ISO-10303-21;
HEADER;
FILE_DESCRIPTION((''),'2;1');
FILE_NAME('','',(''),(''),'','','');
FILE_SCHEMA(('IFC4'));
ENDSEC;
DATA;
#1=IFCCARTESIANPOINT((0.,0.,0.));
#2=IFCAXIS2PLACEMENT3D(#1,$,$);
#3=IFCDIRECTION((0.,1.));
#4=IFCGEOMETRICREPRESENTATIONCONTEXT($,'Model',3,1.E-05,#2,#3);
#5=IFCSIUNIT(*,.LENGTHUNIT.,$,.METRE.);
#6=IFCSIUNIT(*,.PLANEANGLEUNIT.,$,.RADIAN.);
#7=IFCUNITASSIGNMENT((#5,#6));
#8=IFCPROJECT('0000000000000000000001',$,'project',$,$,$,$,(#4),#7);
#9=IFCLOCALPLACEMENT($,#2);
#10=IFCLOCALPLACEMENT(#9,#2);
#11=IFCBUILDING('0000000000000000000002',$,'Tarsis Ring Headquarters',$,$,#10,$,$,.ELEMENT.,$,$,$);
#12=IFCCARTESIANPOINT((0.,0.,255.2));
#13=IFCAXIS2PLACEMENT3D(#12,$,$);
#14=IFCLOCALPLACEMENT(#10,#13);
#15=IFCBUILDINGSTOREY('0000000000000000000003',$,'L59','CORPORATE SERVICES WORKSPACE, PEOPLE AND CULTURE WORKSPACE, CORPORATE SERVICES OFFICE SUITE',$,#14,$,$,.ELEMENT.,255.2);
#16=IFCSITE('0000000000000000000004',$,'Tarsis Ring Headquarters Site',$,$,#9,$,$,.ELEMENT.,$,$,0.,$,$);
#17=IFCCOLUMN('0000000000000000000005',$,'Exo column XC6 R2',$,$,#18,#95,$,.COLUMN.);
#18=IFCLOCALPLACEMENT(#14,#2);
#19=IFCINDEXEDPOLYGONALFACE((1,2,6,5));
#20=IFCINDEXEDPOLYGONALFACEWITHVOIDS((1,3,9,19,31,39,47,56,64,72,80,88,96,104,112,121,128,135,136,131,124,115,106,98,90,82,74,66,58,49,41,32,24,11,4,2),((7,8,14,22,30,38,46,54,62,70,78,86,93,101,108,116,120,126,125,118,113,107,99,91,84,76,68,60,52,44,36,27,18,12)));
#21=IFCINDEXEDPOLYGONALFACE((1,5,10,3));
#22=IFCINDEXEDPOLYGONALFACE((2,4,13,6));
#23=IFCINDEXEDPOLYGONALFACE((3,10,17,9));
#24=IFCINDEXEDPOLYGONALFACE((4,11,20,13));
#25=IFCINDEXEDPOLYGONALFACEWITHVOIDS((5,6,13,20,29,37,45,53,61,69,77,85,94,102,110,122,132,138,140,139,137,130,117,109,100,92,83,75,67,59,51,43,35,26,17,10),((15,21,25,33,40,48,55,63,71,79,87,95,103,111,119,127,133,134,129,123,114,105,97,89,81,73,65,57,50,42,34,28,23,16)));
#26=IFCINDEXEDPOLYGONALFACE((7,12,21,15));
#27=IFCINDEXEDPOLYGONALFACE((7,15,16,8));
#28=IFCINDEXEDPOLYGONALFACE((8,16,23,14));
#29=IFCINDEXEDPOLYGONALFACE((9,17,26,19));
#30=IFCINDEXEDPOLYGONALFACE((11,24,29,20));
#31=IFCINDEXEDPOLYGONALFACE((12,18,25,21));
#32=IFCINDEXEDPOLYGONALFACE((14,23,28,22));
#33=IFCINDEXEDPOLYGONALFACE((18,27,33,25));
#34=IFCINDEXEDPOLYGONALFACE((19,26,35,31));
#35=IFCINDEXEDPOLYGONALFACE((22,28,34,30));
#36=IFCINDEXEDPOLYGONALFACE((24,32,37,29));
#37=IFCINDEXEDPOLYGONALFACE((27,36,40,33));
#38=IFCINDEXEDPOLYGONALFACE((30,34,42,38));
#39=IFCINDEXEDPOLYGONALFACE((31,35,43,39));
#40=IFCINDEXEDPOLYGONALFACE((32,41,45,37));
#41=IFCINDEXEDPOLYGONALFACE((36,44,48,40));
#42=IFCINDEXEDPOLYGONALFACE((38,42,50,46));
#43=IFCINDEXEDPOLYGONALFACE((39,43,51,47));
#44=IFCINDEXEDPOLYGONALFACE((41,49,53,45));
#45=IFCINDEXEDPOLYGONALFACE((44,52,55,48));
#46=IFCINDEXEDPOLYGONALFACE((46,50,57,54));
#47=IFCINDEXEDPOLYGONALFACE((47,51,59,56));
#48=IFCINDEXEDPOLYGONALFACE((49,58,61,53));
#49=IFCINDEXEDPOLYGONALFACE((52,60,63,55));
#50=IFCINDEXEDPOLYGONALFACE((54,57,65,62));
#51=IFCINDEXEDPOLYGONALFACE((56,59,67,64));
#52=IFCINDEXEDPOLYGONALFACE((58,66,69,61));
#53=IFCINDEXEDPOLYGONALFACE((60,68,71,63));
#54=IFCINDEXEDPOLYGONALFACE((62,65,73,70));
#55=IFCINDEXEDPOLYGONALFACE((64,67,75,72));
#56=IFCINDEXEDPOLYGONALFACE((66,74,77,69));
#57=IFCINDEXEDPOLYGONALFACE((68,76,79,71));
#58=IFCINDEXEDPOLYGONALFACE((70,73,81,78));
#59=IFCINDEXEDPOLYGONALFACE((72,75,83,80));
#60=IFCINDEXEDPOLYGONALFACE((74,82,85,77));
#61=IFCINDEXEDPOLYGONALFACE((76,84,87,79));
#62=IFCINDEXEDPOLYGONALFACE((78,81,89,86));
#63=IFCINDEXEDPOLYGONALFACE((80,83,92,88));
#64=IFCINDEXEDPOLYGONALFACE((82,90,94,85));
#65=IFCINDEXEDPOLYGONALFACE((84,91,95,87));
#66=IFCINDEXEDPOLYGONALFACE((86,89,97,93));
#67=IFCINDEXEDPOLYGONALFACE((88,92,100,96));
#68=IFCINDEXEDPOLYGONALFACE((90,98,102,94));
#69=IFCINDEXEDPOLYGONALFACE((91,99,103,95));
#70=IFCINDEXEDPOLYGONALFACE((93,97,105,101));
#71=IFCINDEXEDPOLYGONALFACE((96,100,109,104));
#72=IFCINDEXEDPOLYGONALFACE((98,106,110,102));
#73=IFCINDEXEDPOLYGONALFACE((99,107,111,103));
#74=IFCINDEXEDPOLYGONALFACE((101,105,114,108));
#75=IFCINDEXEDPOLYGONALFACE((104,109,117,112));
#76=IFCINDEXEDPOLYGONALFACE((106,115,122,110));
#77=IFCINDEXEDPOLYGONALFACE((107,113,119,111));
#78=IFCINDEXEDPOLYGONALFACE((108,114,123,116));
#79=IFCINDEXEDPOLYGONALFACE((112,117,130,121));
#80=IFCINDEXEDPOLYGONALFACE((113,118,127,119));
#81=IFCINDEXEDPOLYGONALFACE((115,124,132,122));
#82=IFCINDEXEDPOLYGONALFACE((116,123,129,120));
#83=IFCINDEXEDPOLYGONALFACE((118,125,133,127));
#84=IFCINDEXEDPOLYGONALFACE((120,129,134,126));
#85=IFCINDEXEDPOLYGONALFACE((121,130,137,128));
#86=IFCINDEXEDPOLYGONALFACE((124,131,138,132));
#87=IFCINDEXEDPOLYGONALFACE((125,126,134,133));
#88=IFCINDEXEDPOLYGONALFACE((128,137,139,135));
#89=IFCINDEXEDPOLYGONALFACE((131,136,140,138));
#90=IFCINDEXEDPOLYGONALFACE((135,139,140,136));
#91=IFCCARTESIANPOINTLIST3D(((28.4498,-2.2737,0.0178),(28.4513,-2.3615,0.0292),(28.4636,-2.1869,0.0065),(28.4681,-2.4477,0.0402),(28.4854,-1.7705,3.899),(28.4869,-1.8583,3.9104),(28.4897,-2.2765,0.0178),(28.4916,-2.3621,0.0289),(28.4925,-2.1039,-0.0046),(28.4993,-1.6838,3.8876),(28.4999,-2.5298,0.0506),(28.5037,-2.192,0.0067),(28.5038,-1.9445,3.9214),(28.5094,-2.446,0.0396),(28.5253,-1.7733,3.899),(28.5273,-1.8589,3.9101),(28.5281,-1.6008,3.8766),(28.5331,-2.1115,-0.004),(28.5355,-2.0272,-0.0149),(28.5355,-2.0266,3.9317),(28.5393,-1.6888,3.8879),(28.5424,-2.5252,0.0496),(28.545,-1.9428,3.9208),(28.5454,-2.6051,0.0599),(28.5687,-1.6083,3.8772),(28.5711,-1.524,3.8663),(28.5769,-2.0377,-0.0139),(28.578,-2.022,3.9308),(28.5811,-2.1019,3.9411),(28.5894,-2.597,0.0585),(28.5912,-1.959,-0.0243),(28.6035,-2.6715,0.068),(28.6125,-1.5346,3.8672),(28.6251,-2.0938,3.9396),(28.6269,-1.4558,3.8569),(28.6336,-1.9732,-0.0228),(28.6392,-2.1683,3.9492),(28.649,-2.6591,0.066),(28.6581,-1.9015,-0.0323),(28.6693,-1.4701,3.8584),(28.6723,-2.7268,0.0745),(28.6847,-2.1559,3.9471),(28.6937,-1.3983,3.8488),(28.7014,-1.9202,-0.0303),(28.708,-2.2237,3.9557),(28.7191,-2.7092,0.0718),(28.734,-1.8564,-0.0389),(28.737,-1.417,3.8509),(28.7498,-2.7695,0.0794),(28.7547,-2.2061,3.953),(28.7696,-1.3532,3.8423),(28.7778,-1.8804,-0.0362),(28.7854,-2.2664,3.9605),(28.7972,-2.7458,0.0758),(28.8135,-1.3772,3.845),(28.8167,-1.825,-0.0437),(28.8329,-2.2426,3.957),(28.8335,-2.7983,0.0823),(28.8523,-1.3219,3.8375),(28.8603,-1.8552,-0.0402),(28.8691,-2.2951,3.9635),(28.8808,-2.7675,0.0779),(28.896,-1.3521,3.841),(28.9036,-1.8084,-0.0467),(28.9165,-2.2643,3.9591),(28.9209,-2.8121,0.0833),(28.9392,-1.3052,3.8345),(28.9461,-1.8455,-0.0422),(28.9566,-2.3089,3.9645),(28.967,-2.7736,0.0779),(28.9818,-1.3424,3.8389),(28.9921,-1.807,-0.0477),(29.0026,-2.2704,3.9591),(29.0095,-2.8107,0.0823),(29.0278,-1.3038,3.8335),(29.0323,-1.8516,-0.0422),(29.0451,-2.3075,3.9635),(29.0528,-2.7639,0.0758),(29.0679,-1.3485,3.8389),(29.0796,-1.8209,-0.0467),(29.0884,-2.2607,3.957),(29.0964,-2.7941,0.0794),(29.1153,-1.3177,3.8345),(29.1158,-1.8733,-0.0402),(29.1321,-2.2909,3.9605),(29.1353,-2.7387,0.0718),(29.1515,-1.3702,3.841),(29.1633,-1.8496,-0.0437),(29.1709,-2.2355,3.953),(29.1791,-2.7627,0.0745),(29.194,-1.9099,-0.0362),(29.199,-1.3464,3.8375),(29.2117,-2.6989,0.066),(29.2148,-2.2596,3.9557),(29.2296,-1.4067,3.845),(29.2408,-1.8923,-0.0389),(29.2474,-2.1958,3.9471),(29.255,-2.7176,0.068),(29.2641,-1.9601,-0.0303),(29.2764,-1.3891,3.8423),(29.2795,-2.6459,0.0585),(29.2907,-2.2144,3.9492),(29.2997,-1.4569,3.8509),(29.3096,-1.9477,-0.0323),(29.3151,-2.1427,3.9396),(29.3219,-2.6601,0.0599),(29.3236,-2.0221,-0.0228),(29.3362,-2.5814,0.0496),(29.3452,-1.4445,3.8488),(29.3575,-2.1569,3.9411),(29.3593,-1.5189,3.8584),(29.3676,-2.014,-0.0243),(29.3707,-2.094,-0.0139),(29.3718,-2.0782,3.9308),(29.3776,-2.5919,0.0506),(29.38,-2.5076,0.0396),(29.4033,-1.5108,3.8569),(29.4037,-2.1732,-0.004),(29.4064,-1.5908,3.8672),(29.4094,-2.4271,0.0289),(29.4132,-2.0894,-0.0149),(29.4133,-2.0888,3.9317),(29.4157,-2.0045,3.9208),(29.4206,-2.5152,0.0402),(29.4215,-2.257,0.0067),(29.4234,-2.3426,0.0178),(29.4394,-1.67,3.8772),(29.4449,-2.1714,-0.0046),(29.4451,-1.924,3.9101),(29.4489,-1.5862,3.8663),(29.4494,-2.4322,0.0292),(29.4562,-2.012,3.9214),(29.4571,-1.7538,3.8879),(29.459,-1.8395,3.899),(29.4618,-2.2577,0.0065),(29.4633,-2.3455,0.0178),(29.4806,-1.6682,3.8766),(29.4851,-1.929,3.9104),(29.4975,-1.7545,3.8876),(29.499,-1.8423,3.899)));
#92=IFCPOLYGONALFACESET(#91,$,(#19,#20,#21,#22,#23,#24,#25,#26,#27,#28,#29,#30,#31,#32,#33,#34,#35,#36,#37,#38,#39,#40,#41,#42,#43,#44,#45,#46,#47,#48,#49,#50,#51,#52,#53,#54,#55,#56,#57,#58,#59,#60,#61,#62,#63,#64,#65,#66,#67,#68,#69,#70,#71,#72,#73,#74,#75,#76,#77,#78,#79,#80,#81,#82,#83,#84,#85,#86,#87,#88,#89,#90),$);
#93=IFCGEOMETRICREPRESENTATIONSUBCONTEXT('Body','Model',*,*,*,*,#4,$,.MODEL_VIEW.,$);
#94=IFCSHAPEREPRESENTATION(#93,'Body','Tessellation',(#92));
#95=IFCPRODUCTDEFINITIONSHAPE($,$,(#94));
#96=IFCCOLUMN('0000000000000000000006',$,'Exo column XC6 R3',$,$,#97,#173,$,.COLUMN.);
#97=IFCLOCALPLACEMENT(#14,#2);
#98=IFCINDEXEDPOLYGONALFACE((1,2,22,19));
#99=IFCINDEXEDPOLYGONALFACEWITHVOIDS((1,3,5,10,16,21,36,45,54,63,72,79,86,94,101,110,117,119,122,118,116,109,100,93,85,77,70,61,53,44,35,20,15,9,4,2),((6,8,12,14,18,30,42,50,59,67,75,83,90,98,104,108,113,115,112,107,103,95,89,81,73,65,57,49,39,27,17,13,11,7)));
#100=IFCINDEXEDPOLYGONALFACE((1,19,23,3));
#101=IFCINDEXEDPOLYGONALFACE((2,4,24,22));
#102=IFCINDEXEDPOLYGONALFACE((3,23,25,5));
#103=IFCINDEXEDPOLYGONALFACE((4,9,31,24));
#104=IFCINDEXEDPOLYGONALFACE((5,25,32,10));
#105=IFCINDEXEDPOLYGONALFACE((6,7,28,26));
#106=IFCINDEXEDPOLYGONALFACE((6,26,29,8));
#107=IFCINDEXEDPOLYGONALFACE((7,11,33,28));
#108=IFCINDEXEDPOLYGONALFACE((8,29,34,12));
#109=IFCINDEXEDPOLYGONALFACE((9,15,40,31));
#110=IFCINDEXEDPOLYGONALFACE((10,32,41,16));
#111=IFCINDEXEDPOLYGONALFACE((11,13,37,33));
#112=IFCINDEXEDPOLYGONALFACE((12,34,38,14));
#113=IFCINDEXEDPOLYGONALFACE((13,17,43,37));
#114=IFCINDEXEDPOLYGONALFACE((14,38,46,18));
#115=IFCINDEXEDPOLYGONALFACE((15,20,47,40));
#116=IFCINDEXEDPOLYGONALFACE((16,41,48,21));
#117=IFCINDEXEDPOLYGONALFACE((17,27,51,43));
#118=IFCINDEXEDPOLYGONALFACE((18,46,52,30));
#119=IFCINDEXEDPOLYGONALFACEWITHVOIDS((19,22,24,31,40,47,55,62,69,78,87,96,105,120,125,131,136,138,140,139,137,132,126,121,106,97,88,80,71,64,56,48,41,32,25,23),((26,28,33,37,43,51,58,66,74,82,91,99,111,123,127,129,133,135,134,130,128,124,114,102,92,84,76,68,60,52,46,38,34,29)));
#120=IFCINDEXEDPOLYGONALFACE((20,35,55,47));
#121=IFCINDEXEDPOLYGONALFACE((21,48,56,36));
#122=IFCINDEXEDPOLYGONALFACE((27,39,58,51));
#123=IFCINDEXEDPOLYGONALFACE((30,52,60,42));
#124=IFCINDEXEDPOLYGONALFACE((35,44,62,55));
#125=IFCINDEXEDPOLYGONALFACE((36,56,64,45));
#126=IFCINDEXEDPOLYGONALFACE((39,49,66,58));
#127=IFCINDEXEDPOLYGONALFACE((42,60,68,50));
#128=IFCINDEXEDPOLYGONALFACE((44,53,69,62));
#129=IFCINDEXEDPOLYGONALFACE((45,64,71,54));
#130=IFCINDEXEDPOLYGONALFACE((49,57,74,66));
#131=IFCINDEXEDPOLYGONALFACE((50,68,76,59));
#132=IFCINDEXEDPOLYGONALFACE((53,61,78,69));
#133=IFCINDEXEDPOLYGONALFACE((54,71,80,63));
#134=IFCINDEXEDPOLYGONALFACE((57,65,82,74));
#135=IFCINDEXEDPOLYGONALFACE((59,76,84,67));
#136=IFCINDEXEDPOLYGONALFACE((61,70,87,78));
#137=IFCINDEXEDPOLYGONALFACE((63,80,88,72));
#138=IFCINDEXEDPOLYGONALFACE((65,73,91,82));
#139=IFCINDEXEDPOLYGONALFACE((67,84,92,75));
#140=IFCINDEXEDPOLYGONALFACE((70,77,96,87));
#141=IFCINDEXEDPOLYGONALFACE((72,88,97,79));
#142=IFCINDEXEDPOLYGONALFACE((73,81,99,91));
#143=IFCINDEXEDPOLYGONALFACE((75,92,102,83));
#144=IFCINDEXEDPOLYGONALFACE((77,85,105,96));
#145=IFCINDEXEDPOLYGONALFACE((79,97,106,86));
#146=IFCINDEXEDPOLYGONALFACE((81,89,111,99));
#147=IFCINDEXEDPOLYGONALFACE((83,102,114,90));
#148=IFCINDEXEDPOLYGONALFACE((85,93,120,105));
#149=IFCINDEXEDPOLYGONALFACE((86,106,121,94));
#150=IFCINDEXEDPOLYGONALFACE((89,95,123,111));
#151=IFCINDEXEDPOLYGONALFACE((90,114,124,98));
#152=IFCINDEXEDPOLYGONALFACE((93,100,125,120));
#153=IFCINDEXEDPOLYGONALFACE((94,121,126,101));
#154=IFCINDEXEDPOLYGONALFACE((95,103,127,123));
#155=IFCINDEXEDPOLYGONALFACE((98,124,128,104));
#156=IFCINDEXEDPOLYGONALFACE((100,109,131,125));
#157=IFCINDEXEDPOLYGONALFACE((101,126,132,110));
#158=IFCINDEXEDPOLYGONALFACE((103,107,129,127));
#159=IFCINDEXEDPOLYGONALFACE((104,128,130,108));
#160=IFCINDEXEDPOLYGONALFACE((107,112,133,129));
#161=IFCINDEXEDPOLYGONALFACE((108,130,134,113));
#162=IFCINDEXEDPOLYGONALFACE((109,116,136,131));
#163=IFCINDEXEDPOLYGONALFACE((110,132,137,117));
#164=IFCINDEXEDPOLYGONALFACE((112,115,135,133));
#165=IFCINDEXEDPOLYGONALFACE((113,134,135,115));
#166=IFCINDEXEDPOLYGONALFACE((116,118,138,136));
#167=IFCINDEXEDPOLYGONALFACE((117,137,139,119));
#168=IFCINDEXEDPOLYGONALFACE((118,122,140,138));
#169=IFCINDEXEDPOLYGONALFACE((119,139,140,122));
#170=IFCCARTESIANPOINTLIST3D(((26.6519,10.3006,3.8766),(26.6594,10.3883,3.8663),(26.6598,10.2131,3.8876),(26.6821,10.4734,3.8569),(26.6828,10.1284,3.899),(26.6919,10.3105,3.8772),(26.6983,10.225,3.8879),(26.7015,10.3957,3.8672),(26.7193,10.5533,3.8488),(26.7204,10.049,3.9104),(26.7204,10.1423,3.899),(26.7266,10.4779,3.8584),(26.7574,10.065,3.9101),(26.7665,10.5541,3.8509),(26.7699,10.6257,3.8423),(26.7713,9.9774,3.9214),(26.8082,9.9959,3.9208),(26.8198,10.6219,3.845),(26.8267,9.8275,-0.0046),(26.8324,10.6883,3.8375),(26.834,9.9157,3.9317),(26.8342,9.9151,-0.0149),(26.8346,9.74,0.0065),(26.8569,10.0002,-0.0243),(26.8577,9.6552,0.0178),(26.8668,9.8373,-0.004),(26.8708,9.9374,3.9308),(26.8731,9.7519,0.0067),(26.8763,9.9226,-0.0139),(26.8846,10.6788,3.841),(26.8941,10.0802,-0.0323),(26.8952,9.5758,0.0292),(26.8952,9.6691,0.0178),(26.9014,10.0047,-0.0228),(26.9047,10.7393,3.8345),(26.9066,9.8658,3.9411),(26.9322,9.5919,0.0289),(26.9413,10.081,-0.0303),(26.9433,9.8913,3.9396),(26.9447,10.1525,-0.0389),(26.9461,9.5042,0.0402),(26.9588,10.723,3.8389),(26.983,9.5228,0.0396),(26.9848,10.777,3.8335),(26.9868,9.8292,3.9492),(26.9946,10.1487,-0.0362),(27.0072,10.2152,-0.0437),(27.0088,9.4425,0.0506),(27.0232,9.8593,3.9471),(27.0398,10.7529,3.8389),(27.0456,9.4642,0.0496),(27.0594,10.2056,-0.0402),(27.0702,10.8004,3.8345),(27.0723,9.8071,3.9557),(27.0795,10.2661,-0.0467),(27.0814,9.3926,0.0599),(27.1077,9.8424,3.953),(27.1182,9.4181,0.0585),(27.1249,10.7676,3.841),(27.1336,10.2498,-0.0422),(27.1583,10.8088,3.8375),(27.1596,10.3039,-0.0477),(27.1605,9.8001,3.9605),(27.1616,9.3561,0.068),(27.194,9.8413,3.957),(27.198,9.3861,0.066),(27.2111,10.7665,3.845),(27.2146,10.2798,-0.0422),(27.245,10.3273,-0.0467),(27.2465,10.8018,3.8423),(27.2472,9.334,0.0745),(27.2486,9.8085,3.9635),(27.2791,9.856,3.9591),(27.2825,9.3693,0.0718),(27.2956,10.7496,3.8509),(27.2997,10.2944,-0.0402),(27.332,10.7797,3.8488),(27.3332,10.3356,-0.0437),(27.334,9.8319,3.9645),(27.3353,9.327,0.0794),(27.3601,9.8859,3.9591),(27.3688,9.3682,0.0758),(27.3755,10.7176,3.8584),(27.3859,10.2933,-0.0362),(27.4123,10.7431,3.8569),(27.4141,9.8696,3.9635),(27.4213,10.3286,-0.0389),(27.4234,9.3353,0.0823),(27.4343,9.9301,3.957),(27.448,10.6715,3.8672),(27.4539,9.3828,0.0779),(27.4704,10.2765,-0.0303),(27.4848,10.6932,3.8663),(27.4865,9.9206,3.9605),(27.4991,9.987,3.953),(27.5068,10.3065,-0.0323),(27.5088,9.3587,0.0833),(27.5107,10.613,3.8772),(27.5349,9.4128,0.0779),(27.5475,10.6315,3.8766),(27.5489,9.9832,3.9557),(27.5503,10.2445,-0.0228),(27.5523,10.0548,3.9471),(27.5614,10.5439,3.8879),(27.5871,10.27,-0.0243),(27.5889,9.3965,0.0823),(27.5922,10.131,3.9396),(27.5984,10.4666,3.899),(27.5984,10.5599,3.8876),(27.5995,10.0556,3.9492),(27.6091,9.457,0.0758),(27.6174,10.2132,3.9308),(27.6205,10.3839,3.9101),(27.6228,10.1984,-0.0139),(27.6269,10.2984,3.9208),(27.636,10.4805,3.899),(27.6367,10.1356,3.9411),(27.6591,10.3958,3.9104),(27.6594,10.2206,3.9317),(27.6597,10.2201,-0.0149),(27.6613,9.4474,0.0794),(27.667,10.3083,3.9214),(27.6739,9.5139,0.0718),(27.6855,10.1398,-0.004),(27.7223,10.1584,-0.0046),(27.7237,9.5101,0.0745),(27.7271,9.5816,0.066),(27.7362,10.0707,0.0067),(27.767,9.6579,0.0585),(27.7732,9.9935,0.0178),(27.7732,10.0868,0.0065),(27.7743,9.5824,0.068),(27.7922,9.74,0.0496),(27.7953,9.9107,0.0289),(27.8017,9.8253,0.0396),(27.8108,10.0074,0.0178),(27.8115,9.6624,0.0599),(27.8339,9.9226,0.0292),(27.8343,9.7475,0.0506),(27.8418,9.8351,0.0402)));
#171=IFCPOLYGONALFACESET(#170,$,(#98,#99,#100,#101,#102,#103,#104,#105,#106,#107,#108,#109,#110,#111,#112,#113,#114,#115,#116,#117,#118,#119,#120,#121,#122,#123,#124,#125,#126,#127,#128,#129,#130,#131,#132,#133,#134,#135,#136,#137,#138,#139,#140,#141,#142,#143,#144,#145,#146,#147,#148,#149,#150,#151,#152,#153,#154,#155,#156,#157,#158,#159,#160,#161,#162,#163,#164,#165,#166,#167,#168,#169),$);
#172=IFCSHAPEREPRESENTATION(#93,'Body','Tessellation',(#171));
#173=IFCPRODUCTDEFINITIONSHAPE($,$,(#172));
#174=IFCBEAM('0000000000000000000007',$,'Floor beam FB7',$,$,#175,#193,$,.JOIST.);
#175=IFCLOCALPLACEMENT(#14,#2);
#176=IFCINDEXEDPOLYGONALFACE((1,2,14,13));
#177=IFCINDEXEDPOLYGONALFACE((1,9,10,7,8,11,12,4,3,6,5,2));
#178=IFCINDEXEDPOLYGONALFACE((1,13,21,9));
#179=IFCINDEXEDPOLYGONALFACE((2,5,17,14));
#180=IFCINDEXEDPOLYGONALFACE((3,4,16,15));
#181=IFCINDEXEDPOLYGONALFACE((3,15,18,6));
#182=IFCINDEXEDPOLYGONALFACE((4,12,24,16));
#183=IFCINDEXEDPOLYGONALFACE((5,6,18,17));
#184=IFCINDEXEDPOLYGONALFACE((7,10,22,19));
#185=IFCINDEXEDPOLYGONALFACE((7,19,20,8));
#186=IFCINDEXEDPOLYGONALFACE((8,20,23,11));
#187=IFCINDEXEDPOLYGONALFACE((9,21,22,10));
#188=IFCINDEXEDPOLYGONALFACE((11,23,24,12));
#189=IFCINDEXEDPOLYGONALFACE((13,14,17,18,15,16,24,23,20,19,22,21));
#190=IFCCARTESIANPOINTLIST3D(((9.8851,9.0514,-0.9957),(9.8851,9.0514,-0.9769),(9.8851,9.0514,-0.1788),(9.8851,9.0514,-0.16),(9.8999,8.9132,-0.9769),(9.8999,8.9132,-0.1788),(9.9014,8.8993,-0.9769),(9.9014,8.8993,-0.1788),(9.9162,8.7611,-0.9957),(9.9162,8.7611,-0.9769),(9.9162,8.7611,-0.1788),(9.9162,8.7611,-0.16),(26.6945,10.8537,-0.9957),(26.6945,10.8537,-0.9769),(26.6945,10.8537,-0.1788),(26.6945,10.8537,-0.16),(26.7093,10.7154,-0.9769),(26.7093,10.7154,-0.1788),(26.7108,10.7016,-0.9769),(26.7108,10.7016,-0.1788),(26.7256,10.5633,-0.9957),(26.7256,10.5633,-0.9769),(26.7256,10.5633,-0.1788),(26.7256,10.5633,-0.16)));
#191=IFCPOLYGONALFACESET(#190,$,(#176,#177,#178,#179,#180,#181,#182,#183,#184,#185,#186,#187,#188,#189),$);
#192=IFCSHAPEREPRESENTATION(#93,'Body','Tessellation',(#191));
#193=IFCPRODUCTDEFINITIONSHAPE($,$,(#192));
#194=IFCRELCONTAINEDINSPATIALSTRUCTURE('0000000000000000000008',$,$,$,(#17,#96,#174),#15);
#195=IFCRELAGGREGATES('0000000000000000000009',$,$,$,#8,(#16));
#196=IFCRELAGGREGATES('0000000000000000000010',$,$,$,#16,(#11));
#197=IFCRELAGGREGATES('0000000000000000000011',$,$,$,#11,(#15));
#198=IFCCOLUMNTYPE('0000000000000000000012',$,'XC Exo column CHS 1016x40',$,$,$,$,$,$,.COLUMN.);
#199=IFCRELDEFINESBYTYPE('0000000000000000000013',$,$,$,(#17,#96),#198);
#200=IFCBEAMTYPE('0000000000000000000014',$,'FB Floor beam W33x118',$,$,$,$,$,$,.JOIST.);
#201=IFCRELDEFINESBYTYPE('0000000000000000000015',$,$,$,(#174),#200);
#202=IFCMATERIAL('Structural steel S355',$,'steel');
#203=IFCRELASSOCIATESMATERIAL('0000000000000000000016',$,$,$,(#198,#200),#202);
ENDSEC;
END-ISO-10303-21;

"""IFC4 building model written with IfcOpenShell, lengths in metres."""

from ifc_helpers import new_model, si_unit, direction, frame, origin, origin_2d, place, context, subcontext, project, spatial, hollow_circle, i_section, extrude, material, material_profile, profile_set, type_object, element, save


model = new_model("IFC4")

# Units and contexts
model_context = context("Model", 3, precision=1e-05, world=origin(), true_north=direction((0.0, 1.0)))
body_context = subcontext(model_context, "Body", "Model", "MODEL_VIEW")
ifc_project = project(units=[si_unit("LENGTHUNIT", "METRE"), si_unit("PLANEANGLEUNIT", "RADIAN")], contexts=[model_context])

# Site, building, storey
site_placement = place(None, origin())
site = spatial("IfcSite", under=ifc_project, at=site_placement, Name="Tarsis Ring Headquarters Site", CompositionType="ELEMENT", RefElevation=0.0)
building_placement = place(site_placement, origin())
building = spatial("IfcBuilding", under=site, at=building_placement, Name="Tarsis Ring Headquarters", CompositionType="ELEMENT")
storey_placement = place(building_placement, frame((0.0, 0.0, 255.2)))
storey = spatial("IfcBuildingStorey", under=building, at=storey_placement, Name="L59", Description="CORPORATE SERVICES WORKSPACE, PEOPLE AND CULTURE WORKSPACE, CORPORATE SERVICES OFFICE SUITE", CompositionType="ELEMENT", Elevation=255.2)

# Columns
ifc_material_1 = material(Name="Structural steel S355", Category="steel")
ifc_material_profile_1 = material_profile(ifc_material_1, hollow_circle(Radius=0.5081, WallThickness=0.04, at=origin_2d()), Name="CHS 1016x40")
ifc_profile_set_1 = profile_set([ifc_material_profile_1], Name="Structural steel S355")
column_type = type_object("IfcColumnType", Name="XC Exo column CHS 1016x40", PredefinedType="COLUMN", material=ifc_profile_set_1)
for number, where, z_axis, x_axis, name in (
    (1, (28.9565, -2.3096, 0.0178), (0.009108, 0.128566, 0.991659), (-0.9975, 0.070662, 0.0), "Exo column XC6 R2"),
    (2, (27.3342, 9.8313, 0.0178), (-0.044664, 0.120893, 0.99166), (-0.938029, -0.346558, 0.0), "Exo column XC6 R3"),
):
    element("IfcColumn", number, at=place(storey_placement, frame(where, z_axis=z_axis, x_axis=x_axis)), inside=storey, type_object=column_type, Name=name, PredefinedType="COLUMN", context=body_context, shape_type="SweptSolid", body=[
        extrude(hollow_circle(Radius=0.5081, WallThickness=0.04, at=origin_2d()), origin(), (0.0, 0.0, 1.0), 3.9138),
    ])

# Beam
ifc_material_profile_2 = material_profile(ifc_material_1, i_section(OverallWidth=0.292, OverallDepth=0.8357, WebThickness=0.0139, FlangeThickness=0.0188, at=origin_2d()), Name="W33x118")
ifc_profile_set_2 = profile_set([ifc_material_profile_2], Name="Structural steel S355")
beam_type_1 = type_object("IfcBeamType", Name="FB Floor beam W33x118", PredefinedType="JOIST", material=ifc_profile_set_2)
beam_1_placement = place(storey_placement, frame((9.9006, 8.9062, -0.5779), z_axis=(0.994301, 0.106606, 0.0), x_axis=(-0.106606, 0.994301, 0.0)))
element("IfcBeam", 3, at=beam_1_placement, inside=storey, type_object=beam_type_1, Name="Floor beam FB7", PredefinedType="JOIST", context=body_context, shape_type="SweptSolid", body=[
    extrude(i_section(OverallWidth=0.292, OverallDepth=0.8357, WebThickness=0.0139, FlangeThickness=0.0188, at=origin_2d()), origin(), (0.0, 0.0, 1.0), 16.9058),
])

save(model, "model.ifc")
